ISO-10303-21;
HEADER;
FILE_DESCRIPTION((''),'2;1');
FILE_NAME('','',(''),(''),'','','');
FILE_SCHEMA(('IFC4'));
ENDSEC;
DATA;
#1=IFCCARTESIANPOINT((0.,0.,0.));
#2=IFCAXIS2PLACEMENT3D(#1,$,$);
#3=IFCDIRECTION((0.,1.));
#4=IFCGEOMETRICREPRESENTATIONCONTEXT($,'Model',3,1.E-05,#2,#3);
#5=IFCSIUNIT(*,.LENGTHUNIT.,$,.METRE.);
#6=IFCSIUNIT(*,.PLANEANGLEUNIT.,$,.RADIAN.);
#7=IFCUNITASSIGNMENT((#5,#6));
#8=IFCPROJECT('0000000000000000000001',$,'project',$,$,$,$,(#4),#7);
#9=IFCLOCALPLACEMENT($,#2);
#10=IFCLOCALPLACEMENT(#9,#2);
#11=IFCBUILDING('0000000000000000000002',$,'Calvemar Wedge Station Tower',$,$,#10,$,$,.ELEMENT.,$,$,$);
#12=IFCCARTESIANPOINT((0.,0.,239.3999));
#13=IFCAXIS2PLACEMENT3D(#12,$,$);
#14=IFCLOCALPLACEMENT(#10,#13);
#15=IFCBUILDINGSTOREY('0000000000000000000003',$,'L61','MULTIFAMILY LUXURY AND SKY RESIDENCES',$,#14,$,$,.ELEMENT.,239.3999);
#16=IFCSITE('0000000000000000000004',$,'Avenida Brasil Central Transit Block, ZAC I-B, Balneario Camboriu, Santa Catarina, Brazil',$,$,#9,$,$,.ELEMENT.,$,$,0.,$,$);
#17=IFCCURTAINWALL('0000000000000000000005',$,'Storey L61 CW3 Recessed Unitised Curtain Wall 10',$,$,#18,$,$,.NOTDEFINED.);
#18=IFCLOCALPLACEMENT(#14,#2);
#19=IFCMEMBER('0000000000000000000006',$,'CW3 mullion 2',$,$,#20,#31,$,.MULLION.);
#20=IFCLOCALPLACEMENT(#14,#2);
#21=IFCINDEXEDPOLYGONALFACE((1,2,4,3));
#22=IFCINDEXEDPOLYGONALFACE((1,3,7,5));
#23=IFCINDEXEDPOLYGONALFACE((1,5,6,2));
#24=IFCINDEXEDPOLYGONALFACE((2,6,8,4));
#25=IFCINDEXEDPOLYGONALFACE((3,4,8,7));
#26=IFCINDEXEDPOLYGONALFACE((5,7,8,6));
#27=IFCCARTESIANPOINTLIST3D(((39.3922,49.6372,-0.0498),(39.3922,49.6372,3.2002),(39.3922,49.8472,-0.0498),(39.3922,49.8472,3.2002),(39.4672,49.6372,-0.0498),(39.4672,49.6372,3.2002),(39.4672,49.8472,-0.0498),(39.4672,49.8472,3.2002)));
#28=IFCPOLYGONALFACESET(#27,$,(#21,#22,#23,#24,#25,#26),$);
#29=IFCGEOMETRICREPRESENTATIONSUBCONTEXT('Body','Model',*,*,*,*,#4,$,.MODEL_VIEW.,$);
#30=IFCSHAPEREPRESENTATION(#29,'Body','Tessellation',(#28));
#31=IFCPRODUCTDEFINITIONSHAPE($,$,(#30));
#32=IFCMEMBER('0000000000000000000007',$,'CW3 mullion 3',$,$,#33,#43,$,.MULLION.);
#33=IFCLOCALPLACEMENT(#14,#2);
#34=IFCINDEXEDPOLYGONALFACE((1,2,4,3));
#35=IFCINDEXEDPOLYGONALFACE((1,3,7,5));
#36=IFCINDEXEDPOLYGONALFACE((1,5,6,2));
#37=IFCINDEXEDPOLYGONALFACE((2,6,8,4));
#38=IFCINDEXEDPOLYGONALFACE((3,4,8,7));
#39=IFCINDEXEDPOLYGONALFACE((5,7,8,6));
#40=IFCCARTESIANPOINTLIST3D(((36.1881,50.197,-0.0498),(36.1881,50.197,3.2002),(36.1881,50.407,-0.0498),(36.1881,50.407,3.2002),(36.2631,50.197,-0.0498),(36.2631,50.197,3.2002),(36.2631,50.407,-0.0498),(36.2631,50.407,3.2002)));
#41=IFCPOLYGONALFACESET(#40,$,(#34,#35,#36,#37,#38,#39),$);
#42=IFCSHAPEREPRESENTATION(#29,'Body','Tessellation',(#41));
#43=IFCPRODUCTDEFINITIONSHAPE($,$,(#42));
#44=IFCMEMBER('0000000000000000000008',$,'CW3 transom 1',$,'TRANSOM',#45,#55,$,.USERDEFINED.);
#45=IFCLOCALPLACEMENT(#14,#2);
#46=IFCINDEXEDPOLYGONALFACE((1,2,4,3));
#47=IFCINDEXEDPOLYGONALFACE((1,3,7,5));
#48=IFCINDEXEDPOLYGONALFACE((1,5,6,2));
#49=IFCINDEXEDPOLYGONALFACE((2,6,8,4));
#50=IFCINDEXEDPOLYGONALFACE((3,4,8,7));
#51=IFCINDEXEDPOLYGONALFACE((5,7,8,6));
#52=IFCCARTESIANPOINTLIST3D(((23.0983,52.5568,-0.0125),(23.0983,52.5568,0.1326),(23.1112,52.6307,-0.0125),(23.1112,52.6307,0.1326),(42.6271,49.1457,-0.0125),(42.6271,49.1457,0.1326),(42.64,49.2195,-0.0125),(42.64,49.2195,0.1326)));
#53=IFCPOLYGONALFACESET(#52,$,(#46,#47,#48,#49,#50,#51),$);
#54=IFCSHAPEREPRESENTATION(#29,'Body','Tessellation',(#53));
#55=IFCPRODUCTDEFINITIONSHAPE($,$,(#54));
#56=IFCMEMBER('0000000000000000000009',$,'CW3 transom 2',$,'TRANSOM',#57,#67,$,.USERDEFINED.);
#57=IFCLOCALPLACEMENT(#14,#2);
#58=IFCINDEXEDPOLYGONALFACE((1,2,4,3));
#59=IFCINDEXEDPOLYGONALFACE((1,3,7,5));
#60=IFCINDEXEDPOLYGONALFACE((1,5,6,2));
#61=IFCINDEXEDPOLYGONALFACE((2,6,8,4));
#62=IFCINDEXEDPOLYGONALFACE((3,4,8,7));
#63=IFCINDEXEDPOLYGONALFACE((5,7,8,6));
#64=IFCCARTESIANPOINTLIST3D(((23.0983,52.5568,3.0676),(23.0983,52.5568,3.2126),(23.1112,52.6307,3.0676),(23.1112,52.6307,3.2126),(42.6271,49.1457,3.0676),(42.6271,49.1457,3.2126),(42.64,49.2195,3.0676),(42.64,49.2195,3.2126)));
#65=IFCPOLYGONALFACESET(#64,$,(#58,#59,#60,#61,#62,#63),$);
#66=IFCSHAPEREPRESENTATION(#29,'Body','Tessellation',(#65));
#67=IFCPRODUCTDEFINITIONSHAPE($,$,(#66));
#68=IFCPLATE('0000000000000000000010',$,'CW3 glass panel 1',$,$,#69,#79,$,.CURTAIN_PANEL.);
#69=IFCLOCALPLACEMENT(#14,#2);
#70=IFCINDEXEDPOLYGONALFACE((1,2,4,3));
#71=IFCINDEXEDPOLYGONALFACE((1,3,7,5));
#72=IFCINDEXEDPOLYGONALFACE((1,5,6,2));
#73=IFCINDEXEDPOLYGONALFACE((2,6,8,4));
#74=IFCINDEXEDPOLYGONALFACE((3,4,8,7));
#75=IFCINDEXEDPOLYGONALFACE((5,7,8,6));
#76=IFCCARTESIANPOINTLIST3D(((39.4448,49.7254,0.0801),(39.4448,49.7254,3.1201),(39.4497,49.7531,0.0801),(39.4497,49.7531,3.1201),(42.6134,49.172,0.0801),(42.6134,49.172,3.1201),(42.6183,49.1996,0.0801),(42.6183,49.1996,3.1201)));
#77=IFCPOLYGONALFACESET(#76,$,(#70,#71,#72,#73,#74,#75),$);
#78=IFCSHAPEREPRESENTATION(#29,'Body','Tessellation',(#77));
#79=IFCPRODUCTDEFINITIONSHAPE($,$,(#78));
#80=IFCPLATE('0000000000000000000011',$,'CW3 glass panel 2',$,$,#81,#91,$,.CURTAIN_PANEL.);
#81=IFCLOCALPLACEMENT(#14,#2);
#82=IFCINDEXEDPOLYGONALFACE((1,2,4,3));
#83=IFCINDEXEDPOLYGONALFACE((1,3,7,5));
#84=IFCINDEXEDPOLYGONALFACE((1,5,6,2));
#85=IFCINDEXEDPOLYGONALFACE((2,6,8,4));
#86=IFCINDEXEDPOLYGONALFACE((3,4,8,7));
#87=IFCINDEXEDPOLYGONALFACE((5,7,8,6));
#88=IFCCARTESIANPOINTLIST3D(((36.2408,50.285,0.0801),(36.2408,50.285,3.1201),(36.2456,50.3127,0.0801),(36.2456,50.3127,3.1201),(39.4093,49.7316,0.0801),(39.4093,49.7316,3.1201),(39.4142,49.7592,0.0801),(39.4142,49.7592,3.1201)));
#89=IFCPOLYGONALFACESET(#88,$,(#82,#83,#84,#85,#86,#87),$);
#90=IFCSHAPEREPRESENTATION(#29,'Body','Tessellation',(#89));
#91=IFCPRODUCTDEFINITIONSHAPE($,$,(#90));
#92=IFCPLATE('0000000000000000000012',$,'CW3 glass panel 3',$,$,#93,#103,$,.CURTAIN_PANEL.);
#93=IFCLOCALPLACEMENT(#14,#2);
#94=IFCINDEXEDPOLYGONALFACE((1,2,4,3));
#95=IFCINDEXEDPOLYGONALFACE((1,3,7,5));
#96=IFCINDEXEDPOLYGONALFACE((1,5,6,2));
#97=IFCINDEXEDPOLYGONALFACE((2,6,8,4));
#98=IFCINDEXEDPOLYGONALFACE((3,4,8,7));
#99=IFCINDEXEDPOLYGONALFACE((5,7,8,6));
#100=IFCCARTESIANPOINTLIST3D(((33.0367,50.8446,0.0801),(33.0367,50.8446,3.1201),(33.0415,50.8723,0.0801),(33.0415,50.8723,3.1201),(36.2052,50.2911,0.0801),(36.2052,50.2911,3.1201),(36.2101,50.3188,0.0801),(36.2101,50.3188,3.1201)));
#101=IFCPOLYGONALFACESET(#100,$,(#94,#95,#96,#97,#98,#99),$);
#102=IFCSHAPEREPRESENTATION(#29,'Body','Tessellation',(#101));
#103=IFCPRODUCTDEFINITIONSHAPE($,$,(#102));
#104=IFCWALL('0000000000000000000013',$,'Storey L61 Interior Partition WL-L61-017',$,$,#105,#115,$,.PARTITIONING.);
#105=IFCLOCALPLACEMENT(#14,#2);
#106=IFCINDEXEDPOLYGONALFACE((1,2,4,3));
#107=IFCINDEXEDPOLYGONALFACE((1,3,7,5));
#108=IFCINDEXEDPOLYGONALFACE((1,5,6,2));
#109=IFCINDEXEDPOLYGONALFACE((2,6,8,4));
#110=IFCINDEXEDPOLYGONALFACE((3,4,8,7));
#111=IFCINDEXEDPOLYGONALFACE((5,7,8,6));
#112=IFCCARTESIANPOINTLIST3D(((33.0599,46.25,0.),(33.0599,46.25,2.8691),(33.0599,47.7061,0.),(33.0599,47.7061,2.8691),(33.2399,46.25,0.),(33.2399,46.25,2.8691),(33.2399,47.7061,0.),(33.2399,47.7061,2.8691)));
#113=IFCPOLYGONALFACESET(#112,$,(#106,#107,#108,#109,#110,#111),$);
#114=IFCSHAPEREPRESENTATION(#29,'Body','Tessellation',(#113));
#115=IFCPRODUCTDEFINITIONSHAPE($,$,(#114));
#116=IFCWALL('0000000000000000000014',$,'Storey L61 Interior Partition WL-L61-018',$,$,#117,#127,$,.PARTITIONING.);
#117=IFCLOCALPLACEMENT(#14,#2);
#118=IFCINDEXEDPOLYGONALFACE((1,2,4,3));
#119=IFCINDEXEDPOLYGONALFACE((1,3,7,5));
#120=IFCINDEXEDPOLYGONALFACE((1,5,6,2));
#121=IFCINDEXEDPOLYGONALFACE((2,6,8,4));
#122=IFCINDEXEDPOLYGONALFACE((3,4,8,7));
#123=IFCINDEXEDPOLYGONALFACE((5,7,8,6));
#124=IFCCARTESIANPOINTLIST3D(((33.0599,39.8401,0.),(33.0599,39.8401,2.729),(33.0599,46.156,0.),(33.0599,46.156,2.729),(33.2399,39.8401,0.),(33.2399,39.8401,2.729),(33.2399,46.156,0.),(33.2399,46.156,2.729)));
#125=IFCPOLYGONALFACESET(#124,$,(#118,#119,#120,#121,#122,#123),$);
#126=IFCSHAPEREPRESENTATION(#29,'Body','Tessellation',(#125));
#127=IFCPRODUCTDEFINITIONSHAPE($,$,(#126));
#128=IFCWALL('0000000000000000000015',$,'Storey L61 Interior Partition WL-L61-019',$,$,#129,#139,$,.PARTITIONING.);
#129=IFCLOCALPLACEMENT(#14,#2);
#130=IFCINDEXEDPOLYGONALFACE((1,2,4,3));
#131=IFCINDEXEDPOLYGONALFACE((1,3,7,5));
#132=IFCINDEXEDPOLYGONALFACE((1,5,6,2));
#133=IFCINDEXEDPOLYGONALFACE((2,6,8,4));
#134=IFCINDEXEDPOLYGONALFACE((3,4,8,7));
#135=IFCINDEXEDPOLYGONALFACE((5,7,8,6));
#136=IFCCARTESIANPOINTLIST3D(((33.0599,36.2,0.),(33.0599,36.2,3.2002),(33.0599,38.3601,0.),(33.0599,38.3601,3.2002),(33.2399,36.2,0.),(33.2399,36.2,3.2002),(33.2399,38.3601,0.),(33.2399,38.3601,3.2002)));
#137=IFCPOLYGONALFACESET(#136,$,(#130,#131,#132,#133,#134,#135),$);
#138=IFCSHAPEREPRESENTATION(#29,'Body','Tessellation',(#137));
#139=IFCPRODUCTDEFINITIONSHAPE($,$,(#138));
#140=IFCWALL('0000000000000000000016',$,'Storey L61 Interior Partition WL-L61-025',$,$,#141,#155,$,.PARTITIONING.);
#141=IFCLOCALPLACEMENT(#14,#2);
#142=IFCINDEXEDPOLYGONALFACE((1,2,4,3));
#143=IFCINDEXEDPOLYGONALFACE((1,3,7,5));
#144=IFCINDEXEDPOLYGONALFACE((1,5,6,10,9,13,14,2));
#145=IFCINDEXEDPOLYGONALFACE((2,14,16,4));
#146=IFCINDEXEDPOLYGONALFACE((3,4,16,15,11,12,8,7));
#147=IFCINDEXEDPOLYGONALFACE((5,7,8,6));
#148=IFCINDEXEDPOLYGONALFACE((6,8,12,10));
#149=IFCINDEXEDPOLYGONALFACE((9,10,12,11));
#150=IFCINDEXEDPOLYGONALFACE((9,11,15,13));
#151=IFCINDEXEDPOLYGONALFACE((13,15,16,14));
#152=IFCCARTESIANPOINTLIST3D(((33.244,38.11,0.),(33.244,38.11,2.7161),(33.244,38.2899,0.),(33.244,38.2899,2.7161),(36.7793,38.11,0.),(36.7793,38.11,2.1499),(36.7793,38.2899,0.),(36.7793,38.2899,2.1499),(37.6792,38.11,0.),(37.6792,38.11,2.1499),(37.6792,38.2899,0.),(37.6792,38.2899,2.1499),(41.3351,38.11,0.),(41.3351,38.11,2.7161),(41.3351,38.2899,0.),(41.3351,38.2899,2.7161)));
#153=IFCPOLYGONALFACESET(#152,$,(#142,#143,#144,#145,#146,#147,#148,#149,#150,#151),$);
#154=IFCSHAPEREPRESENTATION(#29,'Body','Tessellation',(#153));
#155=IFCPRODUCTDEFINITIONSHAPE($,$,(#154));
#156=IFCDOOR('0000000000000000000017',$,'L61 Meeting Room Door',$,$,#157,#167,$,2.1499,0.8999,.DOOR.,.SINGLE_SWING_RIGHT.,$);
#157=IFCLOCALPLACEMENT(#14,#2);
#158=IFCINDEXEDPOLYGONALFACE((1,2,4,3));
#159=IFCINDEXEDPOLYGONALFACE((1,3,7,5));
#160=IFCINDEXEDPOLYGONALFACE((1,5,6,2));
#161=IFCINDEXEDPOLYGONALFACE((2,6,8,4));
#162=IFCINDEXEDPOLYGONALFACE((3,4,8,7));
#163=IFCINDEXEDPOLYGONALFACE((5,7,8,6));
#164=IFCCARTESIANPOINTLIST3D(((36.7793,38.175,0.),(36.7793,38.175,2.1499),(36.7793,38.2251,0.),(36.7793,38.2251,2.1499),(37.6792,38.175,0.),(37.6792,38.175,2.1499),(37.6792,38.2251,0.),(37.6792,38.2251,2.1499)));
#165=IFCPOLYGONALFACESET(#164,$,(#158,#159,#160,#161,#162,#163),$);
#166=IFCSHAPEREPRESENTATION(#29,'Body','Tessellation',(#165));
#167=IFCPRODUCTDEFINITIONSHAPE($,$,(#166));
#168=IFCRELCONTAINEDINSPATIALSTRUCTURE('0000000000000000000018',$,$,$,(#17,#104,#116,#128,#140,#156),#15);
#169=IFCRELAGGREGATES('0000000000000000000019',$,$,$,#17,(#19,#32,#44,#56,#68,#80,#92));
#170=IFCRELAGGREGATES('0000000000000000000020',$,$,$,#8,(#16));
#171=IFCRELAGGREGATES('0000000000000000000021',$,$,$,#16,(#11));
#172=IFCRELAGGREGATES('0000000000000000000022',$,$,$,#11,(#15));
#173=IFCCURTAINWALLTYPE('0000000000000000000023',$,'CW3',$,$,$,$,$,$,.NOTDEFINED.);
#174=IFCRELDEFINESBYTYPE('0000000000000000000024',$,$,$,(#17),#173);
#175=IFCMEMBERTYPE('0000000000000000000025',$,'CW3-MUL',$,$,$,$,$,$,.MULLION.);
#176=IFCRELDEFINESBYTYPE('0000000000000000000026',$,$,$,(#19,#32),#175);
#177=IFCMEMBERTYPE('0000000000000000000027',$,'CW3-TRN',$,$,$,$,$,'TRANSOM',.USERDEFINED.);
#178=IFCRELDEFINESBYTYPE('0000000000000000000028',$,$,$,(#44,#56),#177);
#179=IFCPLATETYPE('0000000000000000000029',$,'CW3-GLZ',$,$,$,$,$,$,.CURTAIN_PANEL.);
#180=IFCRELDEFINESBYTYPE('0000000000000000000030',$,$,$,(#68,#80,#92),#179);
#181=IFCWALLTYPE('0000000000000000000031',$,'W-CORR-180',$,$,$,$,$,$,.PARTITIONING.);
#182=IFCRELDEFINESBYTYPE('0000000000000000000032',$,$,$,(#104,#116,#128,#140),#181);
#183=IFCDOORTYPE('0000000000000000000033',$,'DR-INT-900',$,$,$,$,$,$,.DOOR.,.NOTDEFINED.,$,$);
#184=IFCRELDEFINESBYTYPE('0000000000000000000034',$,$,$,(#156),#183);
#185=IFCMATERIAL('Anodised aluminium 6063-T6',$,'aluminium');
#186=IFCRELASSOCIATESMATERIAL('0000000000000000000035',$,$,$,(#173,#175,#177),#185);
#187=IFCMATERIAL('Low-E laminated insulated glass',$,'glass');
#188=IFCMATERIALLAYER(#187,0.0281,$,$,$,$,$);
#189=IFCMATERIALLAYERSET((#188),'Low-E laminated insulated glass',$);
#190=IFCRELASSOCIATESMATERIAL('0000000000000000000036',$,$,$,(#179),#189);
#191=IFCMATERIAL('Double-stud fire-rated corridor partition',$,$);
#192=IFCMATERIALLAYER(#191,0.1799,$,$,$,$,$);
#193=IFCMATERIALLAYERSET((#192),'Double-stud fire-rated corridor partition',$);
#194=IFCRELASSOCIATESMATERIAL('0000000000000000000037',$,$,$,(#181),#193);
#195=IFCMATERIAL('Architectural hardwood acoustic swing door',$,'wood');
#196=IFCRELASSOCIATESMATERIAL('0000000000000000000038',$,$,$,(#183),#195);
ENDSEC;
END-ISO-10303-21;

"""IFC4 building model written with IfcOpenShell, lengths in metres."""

from ifc_helpers import new_model, si_unit, direction, frame, frame_2d, origin, origin_2d, place, context, subcontext, project, spatial, rectangle, extrude, source, transform, mapped, material, layer, layer_set, material_profile, profile_set, type_object, element, fill, aggregate, save


model = new_model("IFC4")

# Units and contexts
model_context = context("Model", 3, precision=1e-05, world=origin(), true_north=direction((0.0, 1.0)))
body_context = subcontext(model_context, "Body", "Model", "MODEL_VIEW")
ifc_project = project(units=[si_unit("LENGTHUNIT", "METRE"), si_unit("PLANEANGLEUNIT", "RADIAN")], contexts=[model_context])

# Site, building, storey
site_placement = place(None, origin())
site = spatial("IfcSite", under=ifc_project, at=site_placement, Name="Avenida Brasil Central Transit Block, ZAC I-B, Balneario Camboriu, Santa Catarina, Brazil", CompositionType="ELEMENT", RefElevation=0.0)
building_placement = place(site_placement, origin())
building = spatial("IfcBuilding", under=site, at=building_placement, Name="Calvemar Wedge Station Tower", CompositionType="ELEMENT")
storey_placement = place(building_placement, frame((0.0, 0.0, 239.3999)))
storey = spatial("IfcBuildingStorey", under=building, at=storey_placement, Name="L61", Description="MULTIFAMILY LUXURY AND SKY RESIDENCES", CompositionType="ELEMENT", Elevation=239.3999)

# Curtain wall, members, plates
ifc_material_1 = material(Name="Anodised aluminium 6063-T6", Category="aluminium")
curtain_wall_type = type_object("IfcCurtainWallType", Name="CW3", PredefinedType="NOTDEFINED", material=ifc_material_1)
curtain_wall_placement = place(storey_placement, origin())
curtain_wall = element("IfcCurtainWall", 1, at=curtain_wall_placement, inside=storey, type_object=curtain_wall_type, Name="Storey L61 CW3 Recessed Unitised Curtain Wall 10", PredefinedType="NOTDEFINED")
ifc_material_profile_1 = material_profile(ifc_material_1, rectangle(XDim=0.075, YDim=0.21, at=origin_2d()), Name="AL-MUL-75x210")
ifc_profile_set_1 = profile_set([ifc_material_profile_1], Name="Anodised aluminium 6063-T6")
member_type_1 = type_object("IfcMemberType", Name="CW3-MUL", PredefinedType="MULLION", material=ifc_profile_set_1)
shared_shape_1 = source(origin(), body_context, "Body", "SweptSolid", [
    extrude(rectangle(XDim=0.075, YDim=0.21, at=origin_2d()), origin(), (0.0, 0.0, 1.0), 3.25),
])
member_1_placement = place(storey_placement, frame((39.4297, 49.7422, -0.0498), z_axis=(0.0, 0.0, 1.0), x_axis=(1.0, 0.0, 0.0)))
member_1 = element("IfcMember", 2, at=member_1_placement, type_object=member_type_1, Name="CW3 mullion 2", PredefinedType="MULLION", context=body_context, shape_type="MappedRepresentation", body=[
    mapped(shared_shape_1, transform((0.0, 0.0, 0.0), scale=1.0)),
])
member_2_placement = place(storey_placement, frame((36.2256, 50.302, -0.0498), z_axis=(0.0, 0.0, 1.0), x_axis=(1.0, 0.0, 0.0)))
member_2 = element("IfcMember", 3, at=member_2_placement, type_object=member_type_1, Name="CW3 mullion 3", PredefinedType="MULLION", context=body_context, shape_type="MappedRepresentation", body=[
    mapped(shared_shape_1, transform((0.0, 0.0, 0.0), scale=1.0)),
])
ifc_material_profile_2 = material_profile(ifc_material_1, rectangle(XDim=0.075, YDim=0.145, at=origin_2d()), Name="AL-TRN-75x145")
ifc_profile_set_2 = profile_set([ifc_material_profile_2], Name="Anodised aluminium 6063-T6")
member_type_2 = type_object("IfcMemberType", Name="CW3-TRN", ElementType="TRANSOM", PredefinedType="USERDEFINED", material=ifc_profile_set_2)
shared_shape_2 = source(origin(), body_context, "Body", "SweptSolid", [
    extrude(rectangle(XDim=0.075, YDim=0.145, at=origin_2d()), origin(), (0.0, 0.0, 1.0), 19.8245),
])
member_3_placement = place(storey_placement, frame((42.6335, 49.1826, 0.0601), z_axis=(-0.985085, 0.172067, 0.0), x_axis=(-0.172067, -0.985085, 0.0)))
member_3 = element("IfcMember", 4, at=member_3_placement, type_object=member_type_2, Name="CW3 transom 1", ObjectType="TRANSOM", PredefinedType="USERDEFINED", context=body_context, shape_type="MappedRepresentation", body=[
    mapped(shared_shape_2, transform((0.0, 0.0, 0.0), scale=1.0)),
])
member_4_placement = place(storey_placement, frame((42.6335, 49.1826, 3.1401), z_axis=(-0.985085, 0.172067, 0.0), x_axis=(-0.172067, -0.985085, 0.0)))
member_4 = element("IfcMember", 5, at=member_4_placement, type_object=member_type_2, Name="CW3 transom 2", ObjectType="TRANSOM", PredefinedType="USERDEFINED", context=body_context, shape_type="MappedRepresentation", body=[
    mapped(shared_shape_2, transform((0.0, 0.0, 0.0), scale=1.0)),
])
ifc_material_2 = material(Name="Low-E laminated insulated glass", Category="glass")
ifc_layer_1 = layer(ifc_material_2, 0.0281)
ifc_layer_set_1 = layer_set([ifc_layer_1], Name="Low-E laminated insulated glass")
plate_type = type_object("IfcPlateType", Name="CW3-GLZ", PredefinedType="CURTAIN_PANEL", material=ifc_layer_set_1)
plate_1_placement = place(storey_placement, frame((42.616, 49.1858, 0.0801), z_axis=(0.0, 0.0, 1.0), x_axis=(-0.985086, 0.172062, 0.0)))
plate_1 = element("IfcPlate", 6, at=plate_1_placement, type_object=plate_type, Name="CW3 glass panel 1", PredefinedType="CURTAIN_PANEL", context=body_context, shape_type="SweptSolid", body=[
    extrude(rectangle(XDim=3.2166, YDim=0.0281, at=frame_2d((1.6084, 0.0))), origin(), (0.0, 0.0, 1.0), 3.04),
])
plate_2_placement = place(storey_placement, frame((39.4119, 49.7454, 0.0801), z_axis=(0.0, 0.0, 1.0), x_axis=(-0.985084, 0.172075, 0.0)))
plate_2 = element("IfcPlate", 7, at=plate_2_placement, type_object=plate_type, Name="CW3 glass panel 2", PredefinedType="CURTAIN_PANEL", context=body_context, shape_type="SweptSolid", body=[
    extrude(rectangle(XDim=3.2166, YDim=0.0281, at=frame_2d((1.6084, 0.0))), origin(), (0.0, 0.0, 1.0), 3.04),
])
plate_3_placement = place(storey_placement, frame((36.2078, 50.3049, 0.0801), z_axis=(0.0, 0.0, 1.0), x_axis=(-0.985084, 0.172075, 0.0)))
plate_3 = element("IfcPlate", 8, at=plate_3_placement, type_object=plate_type, Name="CW3 glass panel 3", PredefinedType="CURTAIN_PANEL", context=body_context, shape_type="SweptSolid", body=[
    extrude(rectangle(XDim=3.2166, YDim=0.0281, at=frame_2d((1.6084, 0.0))), origin(), (0.0, 0.0, 1.0), 3.04),
])
aggregate(curtain_wall, [member_1, member_2, member_3, member_4, plate_1, plate_2, plate_3])

# Walls
ifc_material_3 = material(Name="Double-stud fire-rated corridor partition")
ifc_layer_2 = layer(ifc_material_3, 0.1799)
ifc_layer_set_2 = layer_set([ifc_layer_2], Name="Double-stud fire-rated corridor partition")
wall_type_1 = type_object("IfcWallType", Name="W-CORR-180", PredefinedType="PARTITIONING", material=ifc_layer_set_2)
wall_1_placement = place(storey_placement, frame((33.1499, 47.7061, 0.0), z_axis=(0.0, 0.0, 1.0), x_axis=(0.0, -1.0, 0.0)))
element("IfcWall", 9, at=wall_1_placement, inside=storey, type_object=wall_type_1, Name="Storey L61 Interior Partition WL-L61-017", PredefinedType="PARTITIONING", context=body_context, shape_type="SweptSolid", body=[
    extrude(rectangle(XDim=1.4561, YDim=0.1799, at=frame_2d((0.728, 0.0))), origin(), (0.0, 0.0, 1.0), 2.8691),
])
wall_2_placement = place(storey_placement, frame((33.1499, 46.156, 0.0), z_axis=(0.0, 0.0, 1.0), x_axis=(0.0, -1.0, 0.0)))
element("IfcWall", 10, at=wall_2_placement, inside=storey, type_object=wall_type_1, Name="Storey L61 Interior Partition WL-L61-018", PredefinedType="PARTITIONING", context=body_context, shape_type="SweptSolid", body=[
    extrude(rectangle(XDim=6.3159, YDim=0.1799, at=frame_2d((3.158, 0.0))), origin(), (0.0, 0.0, 1.0), 2.729),
])
wall_3_placement = place(storey_placement, frame((33.1499, 38.3601, 0.0), z_axis=(0.0, 0.0, 1.0), x_axis=(0.0, -1.0, 0.0)))
element("IfcWall", 11, at=wall_3_placement, inside=storey, type_object=wall_type_1, Name="Storey L61 Interior Partition WL-L61-019", PredefinedType="PARTITIONING", context=body_context, shape_type="SweptSolid", body=[
    extrude(rectangle(XDim=2.1602, YDim=0.1799, at=frame_2d((1.0801, 0.0))), origin(), (0.0, 0.0, 1.0), 3.2002),
])

# Wall, opening, door
wall_4_placement = place(storey_placement, frame((41.335, 38.2, 0.0), z_axis=(0.0, 0.0, 1.0), x_axis=(-1.0, 0.0, 0.0)))
wall_4 = element("IfcWall", 12, at=wall_4_placement, inside=storey, type_object=wall_type_1, Name="Storey L61 Interior Partition WL-L61-025", PredefinedType="PARTITIONING", context=body_context, shape_type="SweptSolid", body=[
    extrude(rectangle(XDim=8.0911, YDim=0.1799, at=frame_2d((4.0454, 0.0))), origin(), (0.0, 0.0, 1.0), 2.7161),
])
shared_shape_3 = source(origin(), body_context, "Body", "SweptSolid", [
    extrude(rectangle(XDim=0.8999, YDim=2.1499, at=frame_2d((0.45, 1.075))), frame((0.0, 0.1001, 0.0), z_axis=(0.0, -1.0, 0.0), x_axis=(1.0, 0.0, 0.0)), (0.0, 0.0, 1.0), 0.2),
])
opening_1_placement = place(wall_4_placement, frame((3.6558, 0.0, 0.0)))
opening_1 = element("IfcOpeningElement", 13, at=opening_1_placement, cuts=wall_4, PredefinedType="OPENING", context=body_context, shape_type="MappedRepresentation", body=[
    mapped(shared_shape_3, transform((0.0, 0.0, 0.0), scale=1.0)),
])
ifc_material_4 = material(Name="Architectural hardwood acoustic swing door", Category="wood")
door_type_1 = type_object("IfcDoorType", Name="DR-INT-900", OperationType="NOTDEFINED", PredefinedType="DOOR", material=ifc_material_4)
shared_shape_4 = source(origin(), body_context, "Body", "SweptSolid", [
    extrude(rectangle(XDim=0.8999, YDim=2.1499, at=frame_2d((0.45, 1.075))), frame((0.0, 0.0249, 0.0), z_axis=(0.0, -1.0, 0.0), x_axis=(1.0, 0.0, 0.0)), (0.0, 0.0, 1.0), 0.05),
])
door_1_placement = place(opening_1_placement, origin())
door_1 = element("IfcDoor", 14, at=door_1_placement, inside=storey, type_object=door_type_1, Name="L61 Meeting Room Door", OperationType="SINGLE_SWING_RIGHT", OverallHeight=2.1499, OverallWidth=0.8999, PredefinedType="DOOR", context=body_context, shape_type="MappedRepresentation", body=[
    mapped(shared_shape_4, transform((0.0, 0.0, 0.0), scale=1.0)),
])
fill(opening_1, door_1)

save(model, "model.ifc")
